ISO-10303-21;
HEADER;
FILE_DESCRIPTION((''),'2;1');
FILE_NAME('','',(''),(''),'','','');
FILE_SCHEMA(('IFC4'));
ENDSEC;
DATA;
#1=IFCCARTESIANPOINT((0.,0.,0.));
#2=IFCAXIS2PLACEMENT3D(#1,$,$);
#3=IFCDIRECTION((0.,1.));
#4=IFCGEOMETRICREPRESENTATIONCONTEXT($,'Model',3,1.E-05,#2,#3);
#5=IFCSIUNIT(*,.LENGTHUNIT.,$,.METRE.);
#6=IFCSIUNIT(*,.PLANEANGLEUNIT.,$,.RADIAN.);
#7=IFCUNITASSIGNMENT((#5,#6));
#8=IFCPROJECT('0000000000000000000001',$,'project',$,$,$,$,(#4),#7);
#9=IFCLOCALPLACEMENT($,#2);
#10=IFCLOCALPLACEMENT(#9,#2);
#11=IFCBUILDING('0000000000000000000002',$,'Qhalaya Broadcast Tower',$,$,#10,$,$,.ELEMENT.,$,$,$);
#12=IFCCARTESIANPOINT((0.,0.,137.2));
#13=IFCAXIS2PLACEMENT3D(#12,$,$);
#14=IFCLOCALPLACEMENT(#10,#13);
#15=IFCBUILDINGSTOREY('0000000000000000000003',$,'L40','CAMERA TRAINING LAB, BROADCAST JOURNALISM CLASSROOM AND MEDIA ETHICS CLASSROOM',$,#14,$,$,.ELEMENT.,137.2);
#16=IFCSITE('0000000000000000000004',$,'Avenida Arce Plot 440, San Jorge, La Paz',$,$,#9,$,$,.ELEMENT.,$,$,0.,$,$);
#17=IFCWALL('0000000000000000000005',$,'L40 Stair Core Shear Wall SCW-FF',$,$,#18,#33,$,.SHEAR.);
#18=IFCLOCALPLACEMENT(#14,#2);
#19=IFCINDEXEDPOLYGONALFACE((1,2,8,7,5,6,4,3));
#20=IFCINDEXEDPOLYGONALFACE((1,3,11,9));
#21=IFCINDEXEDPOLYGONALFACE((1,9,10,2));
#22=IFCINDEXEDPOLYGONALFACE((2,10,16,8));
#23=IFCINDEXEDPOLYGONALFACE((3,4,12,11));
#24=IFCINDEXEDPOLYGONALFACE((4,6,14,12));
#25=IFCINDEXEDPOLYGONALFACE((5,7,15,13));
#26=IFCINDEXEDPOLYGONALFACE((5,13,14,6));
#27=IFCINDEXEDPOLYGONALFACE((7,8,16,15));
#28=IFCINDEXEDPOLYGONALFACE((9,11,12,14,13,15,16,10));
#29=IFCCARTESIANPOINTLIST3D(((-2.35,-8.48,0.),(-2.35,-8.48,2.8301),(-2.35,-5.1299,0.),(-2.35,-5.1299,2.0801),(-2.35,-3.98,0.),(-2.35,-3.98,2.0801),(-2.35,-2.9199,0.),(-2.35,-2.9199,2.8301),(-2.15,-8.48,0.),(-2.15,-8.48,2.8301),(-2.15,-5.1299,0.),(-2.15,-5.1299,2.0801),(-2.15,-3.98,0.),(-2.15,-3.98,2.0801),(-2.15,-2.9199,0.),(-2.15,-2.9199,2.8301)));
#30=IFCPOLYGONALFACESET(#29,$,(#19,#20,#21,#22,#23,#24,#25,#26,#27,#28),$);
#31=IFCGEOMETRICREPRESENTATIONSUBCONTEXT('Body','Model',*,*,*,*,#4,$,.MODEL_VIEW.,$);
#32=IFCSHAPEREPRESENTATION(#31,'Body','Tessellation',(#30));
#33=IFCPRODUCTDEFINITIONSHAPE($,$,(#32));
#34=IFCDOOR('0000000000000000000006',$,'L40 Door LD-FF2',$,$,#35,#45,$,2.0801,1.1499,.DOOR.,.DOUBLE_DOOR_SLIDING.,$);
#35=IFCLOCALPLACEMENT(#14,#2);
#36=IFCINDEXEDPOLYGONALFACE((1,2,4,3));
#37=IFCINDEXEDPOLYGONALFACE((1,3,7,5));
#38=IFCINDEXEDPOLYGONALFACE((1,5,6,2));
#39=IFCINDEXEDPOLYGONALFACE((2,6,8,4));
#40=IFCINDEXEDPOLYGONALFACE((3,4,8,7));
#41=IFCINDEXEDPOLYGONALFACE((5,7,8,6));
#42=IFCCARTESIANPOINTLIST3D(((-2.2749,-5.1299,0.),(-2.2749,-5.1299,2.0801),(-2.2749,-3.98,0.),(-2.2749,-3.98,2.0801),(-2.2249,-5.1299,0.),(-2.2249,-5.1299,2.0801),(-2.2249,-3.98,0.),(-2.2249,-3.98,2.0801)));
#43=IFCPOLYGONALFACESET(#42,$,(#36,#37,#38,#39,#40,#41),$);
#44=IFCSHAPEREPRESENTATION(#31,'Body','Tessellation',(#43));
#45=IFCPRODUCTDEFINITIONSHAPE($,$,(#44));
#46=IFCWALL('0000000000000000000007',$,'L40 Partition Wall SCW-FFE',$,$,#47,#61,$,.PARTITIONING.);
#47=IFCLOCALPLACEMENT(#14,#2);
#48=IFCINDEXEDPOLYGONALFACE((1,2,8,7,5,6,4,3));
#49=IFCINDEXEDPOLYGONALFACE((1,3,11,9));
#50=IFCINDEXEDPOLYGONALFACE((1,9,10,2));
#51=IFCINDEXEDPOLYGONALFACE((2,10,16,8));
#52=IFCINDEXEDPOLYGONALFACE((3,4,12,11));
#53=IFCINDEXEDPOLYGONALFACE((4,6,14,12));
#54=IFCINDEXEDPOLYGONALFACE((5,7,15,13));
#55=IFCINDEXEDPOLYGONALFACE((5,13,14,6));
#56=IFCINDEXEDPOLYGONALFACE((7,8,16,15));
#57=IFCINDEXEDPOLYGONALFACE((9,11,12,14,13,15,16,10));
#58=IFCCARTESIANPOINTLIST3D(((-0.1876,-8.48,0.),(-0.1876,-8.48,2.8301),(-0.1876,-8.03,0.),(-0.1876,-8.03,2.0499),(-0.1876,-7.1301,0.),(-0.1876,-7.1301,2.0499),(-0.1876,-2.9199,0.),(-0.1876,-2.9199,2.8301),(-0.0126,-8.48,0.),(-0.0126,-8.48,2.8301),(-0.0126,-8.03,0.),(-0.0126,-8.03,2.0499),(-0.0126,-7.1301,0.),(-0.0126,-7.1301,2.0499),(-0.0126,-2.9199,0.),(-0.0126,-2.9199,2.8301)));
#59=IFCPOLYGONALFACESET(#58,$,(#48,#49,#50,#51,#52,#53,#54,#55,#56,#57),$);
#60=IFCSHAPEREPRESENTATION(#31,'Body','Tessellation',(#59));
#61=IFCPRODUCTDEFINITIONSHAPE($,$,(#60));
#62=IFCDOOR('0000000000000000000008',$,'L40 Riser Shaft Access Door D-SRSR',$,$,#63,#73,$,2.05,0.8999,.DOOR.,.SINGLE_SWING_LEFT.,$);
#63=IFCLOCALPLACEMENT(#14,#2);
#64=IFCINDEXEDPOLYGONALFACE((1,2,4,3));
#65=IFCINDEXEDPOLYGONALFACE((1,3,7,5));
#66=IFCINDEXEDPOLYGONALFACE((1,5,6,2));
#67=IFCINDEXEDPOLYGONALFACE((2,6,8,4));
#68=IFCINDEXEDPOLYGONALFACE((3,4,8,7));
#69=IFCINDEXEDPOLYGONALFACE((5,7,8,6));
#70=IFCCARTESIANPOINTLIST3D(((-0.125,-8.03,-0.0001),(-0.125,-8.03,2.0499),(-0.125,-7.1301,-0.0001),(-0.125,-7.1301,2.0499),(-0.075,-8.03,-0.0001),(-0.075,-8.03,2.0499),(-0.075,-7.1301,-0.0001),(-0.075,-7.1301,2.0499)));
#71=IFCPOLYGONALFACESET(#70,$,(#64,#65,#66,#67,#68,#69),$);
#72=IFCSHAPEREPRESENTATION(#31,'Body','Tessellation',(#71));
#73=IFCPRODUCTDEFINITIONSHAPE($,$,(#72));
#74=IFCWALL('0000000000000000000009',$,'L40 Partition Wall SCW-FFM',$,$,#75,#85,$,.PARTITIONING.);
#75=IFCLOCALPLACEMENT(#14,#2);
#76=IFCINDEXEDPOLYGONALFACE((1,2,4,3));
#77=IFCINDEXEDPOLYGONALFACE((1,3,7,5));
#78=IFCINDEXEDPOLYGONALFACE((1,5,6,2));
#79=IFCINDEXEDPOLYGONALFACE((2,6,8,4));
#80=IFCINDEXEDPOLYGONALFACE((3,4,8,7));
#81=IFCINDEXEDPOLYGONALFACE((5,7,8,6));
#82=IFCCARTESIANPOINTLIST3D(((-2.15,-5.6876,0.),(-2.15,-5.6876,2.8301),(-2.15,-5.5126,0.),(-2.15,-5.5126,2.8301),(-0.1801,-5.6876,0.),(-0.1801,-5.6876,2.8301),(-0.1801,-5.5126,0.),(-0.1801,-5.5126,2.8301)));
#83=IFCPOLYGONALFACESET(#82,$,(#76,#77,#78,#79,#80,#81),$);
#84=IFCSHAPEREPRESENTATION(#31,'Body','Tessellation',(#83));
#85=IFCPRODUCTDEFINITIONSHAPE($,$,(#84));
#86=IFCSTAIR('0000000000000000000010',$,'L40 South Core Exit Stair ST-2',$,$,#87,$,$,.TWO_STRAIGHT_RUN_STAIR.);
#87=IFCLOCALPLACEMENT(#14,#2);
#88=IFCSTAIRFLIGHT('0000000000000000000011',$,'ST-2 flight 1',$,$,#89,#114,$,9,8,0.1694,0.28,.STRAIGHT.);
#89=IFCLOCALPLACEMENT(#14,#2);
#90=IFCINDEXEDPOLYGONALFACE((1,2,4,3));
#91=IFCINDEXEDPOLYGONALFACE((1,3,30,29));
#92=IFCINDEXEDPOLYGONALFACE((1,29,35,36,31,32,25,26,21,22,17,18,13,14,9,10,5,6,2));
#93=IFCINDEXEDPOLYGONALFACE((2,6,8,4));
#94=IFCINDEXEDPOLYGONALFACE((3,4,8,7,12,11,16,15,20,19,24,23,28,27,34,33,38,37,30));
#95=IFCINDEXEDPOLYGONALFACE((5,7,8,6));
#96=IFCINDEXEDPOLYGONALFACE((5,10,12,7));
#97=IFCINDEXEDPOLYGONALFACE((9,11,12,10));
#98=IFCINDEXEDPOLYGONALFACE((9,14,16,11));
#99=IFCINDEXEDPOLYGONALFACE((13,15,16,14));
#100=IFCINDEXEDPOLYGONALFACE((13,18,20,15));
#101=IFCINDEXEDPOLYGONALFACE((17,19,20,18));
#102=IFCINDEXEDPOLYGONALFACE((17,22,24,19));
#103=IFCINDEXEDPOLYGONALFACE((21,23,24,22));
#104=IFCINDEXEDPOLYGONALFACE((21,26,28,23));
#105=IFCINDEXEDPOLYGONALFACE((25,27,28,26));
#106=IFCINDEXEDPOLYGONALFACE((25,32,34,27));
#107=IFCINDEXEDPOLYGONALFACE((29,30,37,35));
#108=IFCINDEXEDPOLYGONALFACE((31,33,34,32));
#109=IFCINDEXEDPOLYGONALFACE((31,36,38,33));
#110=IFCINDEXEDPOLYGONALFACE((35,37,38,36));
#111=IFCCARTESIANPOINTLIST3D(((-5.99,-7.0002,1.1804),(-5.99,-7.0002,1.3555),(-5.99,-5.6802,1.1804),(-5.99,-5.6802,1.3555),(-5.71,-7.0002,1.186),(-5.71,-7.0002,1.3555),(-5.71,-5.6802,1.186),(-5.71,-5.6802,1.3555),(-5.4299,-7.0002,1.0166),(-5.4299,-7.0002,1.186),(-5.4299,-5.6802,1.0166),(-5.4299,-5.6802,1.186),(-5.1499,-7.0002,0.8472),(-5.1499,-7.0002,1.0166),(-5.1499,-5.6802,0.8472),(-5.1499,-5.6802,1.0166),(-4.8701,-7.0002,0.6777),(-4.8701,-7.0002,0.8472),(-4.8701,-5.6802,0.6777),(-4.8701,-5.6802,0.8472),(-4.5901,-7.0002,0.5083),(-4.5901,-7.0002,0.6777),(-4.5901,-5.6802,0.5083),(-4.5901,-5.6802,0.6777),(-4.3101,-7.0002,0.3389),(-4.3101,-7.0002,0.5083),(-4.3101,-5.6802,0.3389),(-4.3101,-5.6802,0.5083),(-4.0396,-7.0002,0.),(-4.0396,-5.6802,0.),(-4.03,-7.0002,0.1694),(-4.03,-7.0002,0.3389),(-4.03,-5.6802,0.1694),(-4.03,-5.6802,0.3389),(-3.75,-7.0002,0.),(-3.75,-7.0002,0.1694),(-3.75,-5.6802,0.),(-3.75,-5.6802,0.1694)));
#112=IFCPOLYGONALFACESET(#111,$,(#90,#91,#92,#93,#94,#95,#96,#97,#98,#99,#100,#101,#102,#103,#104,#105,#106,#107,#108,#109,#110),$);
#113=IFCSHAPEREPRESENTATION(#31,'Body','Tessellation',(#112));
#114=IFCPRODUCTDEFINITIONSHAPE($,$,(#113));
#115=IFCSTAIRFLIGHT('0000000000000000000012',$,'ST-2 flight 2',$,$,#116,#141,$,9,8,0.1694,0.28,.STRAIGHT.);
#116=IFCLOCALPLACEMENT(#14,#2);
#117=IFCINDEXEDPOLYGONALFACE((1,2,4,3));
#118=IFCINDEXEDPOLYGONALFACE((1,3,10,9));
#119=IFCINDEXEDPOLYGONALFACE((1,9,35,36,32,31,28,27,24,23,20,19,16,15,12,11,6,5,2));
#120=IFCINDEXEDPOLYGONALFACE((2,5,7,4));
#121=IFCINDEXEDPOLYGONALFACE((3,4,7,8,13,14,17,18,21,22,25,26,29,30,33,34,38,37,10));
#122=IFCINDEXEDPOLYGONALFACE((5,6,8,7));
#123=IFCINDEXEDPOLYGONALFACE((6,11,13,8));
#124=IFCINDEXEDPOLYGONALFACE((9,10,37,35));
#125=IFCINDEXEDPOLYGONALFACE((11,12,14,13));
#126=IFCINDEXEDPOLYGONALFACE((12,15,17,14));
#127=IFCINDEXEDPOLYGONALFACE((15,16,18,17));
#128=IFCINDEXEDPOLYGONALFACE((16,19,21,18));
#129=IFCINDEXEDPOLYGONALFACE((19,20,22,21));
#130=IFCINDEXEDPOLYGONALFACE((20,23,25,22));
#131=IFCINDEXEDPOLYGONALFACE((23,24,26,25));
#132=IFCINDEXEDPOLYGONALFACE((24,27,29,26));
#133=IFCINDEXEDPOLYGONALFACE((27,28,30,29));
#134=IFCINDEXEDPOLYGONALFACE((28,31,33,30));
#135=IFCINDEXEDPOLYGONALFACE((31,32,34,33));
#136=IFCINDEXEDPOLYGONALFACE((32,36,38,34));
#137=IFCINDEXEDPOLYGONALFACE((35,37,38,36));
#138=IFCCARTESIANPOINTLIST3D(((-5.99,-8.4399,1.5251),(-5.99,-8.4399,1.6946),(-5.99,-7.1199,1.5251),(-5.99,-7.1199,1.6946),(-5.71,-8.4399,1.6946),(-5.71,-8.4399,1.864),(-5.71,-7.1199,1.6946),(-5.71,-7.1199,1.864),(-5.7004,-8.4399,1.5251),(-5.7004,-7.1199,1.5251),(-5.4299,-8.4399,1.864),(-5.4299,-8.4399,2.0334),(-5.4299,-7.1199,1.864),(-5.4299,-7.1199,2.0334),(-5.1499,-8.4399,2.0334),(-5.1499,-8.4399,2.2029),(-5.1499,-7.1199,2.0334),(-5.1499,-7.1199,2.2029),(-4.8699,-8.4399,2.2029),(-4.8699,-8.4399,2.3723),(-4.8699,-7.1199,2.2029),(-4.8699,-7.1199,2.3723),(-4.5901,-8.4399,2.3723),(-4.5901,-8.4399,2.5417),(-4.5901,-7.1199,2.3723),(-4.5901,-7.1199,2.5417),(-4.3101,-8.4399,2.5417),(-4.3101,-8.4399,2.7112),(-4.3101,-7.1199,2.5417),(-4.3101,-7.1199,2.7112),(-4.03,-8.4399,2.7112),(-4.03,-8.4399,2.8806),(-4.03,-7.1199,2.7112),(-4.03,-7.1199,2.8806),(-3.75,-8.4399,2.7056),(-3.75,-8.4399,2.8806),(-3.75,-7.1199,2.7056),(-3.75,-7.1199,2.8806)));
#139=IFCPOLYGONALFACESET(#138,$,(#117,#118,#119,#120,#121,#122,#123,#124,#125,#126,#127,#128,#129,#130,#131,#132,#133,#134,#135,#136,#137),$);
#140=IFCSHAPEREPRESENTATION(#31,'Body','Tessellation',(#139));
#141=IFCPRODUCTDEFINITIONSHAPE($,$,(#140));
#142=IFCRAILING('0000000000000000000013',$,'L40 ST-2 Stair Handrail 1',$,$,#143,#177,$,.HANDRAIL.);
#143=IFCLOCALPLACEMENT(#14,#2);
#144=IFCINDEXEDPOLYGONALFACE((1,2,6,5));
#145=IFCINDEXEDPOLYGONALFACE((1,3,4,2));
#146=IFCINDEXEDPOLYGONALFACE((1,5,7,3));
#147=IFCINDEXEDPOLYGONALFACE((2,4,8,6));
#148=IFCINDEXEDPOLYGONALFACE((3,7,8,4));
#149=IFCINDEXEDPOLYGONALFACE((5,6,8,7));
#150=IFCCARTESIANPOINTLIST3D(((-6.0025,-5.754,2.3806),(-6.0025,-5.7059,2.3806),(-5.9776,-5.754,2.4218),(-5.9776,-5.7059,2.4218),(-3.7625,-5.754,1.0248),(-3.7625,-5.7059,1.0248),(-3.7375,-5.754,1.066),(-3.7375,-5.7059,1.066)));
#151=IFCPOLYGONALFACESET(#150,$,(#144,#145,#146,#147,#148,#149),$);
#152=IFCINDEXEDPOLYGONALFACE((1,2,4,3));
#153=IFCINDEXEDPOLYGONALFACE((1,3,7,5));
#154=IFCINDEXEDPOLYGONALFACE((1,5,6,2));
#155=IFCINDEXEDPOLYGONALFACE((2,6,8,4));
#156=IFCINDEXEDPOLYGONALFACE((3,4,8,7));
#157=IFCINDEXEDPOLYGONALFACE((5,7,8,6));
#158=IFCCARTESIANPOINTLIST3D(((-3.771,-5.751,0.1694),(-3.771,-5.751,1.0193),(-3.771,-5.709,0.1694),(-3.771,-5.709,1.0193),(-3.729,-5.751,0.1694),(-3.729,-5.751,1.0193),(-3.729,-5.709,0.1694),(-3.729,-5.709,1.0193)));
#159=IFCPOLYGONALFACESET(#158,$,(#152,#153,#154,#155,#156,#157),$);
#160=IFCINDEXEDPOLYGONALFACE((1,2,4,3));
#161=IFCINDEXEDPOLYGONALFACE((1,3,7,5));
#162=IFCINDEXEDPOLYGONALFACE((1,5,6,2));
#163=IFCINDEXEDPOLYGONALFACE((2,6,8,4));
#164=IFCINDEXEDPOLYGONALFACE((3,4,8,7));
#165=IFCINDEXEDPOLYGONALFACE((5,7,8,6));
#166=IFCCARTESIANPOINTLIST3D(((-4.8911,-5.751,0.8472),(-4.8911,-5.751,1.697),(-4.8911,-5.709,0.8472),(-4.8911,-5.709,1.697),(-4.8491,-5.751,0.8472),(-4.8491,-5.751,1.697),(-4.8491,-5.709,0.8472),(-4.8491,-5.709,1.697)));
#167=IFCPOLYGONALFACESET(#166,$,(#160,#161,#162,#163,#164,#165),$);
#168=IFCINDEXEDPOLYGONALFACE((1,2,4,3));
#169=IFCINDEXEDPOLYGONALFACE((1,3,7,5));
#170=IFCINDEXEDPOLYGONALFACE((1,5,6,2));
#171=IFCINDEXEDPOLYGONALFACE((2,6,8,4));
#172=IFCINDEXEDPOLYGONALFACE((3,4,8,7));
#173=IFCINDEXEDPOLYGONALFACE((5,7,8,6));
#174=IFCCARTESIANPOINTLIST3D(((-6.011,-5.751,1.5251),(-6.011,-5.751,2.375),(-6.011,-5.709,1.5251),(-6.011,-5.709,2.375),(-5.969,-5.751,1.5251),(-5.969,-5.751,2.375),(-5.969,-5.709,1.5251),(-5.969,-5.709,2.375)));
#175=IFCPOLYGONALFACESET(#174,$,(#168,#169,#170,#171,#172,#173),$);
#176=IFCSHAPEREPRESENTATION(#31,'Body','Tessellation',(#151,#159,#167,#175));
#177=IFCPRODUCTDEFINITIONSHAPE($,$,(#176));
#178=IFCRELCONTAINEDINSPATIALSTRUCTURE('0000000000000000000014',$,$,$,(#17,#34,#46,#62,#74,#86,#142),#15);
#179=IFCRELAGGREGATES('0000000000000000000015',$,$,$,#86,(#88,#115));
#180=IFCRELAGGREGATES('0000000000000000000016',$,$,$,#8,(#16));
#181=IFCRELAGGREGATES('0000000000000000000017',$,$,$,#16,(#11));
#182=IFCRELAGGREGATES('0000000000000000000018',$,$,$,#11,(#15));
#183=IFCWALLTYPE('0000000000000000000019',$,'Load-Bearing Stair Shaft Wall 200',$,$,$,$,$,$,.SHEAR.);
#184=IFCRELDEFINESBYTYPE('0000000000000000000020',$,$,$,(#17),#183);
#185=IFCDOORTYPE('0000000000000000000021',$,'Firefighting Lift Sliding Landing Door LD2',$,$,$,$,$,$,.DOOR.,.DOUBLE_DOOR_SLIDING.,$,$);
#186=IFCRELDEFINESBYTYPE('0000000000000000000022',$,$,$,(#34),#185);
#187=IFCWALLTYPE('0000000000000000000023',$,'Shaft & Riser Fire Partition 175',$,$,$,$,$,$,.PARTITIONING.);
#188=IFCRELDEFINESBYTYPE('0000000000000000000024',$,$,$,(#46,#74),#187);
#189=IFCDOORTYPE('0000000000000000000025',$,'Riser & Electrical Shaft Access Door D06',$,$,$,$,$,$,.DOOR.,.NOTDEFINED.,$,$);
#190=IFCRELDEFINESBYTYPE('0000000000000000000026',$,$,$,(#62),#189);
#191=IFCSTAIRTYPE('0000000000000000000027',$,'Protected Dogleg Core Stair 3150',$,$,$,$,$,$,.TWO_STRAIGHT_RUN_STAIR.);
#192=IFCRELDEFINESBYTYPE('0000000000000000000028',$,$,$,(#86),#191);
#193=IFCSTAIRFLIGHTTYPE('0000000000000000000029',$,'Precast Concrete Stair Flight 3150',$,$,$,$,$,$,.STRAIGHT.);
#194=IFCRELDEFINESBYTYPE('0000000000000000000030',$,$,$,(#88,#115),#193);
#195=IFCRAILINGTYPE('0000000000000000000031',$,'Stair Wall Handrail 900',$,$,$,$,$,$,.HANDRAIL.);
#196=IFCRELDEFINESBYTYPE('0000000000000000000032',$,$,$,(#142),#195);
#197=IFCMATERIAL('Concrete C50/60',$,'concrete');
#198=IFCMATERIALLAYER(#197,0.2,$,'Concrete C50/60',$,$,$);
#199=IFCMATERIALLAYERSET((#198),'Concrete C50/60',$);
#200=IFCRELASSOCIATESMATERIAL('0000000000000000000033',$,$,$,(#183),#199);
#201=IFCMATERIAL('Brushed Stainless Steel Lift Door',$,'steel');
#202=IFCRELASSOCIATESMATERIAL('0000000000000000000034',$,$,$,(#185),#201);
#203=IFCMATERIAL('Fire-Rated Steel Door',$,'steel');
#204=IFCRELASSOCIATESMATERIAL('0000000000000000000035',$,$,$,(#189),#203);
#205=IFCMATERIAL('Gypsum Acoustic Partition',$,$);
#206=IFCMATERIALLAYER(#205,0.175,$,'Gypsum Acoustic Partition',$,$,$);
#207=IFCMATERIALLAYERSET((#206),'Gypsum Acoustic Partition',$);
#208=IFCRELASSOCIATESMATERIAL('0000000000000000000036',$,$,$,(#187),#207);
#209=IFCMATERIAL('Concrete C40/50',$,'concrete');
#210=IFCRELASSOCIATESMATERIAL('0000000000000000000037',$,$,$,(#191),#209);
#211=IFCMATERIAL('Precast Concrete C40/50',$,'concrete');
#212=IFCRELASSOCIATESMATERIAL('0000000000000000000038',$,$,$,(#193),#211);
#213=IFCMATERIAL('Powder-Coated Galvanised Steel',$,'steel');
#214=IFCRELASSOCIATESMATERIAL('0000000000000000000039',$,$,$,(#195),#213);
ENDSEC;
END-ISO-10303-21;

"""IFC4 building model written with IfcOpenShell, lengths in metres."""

from ifc_helpers import new_model, si_unit, direction, frame, frame_2d, origin, origin_2d, place, context, subcontext, project, spatial, polyline, rectangle, outline, extrude, material, layer, layer_set, type_object, element, fill, aggregate, save


model = new_model("IFC4")

# Units and contexts
model_context = context("Model", 3, precision=1e-05, world=origin(), true_north=direction((0.0, 1.0)))
body_context = subcontext(model_context, "Body", "Model", "MODEL_VIEW")
ifc_project = project(units=[si_unit("LENGTHUNIT", "METRE"), si_unit("PLANEANGLEUNIT", "RADIAN")], contexts=[model_context])

# Site, building, storey
site_placement = place(None, origin())
site = spatial("IfcSite", under=ifc_project, at=site_placement, Name="Avenida Arce Plot 440, San Jorge, La Paz", CompositionType="ELEMENT", RefElevation=0.0)
building_placement = place(site_placement, origin())
building = spatial("IfcBuilding", under=site, at=building_placement, Name="Qhalaya Broadcast Tower", CompositionType="ELEMENT")
storey_placement = place(building_placement, frame((0.0, 0.0, 137.2)))
storey = spatial("IfcBuildingStorey", under=building, at=storey_placement, Name="L40", Description="CAMERA TRAINING LAB, BROADCAST JOURNALISM CLASSROOM AND MEDIA ETHICS CLASSROOM", CompositionType="ELEMENT", Elevation=137.2)

# Shared definitions
ifc_material_1 = material(Name="Concrete C50/60", Category="concrete")

# Wall, opening, door
ifc_layer_1 = layer(ifc_material_1, 0.2, Name="Concrete C50/60")
ifc_layer_set_1 = layer_set([ifc_layer_1], Name="Concrete C50/60")
wall_type_1 = type_object("IfcWallType", Name="Load-Bearing Stair Shaft Wall 200", PredefinedType="SHEAR", material=ifc_layer_set_1)
ifc_material_2 = material(Name="Fire-Rated Steel Door", Category="steel")
wall_1_placement = place(storey_placement, frame((-2.25, -8.48, 0.0), z_axis=(0.0, 0.0, 1.0), x_axis=(0.0, 1.0, 0.0)))
wall_1 = element("IfcWall", 1, at=wall_1_placement, inside=storey, type_object=wall_type_1, Name="L40 Stair Core Shear Wall SCW-FF", PredefinedType="SHEAR", context=body_context, shape_type="SweptSolid", body=[
    extrude(rectangle(XDim=5.5601, YDim=0.2, at=frame_2d((2.78, 0.0))), origin(), (0.0, 0.0, 1.0), 2.8301),
])
opening_1_placement = place(wall_1_placement, frame((3.3501, 0.0, 0.0)))
opening_1 = element("IfcOpeningElement", 2, at=opening_1_placement, cuts=wall_1, PredefinedType="OPENING", context=body_context, shape_type="SweptSolid", body=[
    extrude(rectangle(XDim=1.1499, YDim=2.0801, at=frame_2d((0.575, 1.04))), frame((0.0, 0.1121, 0.0), z_axis=(0.0, -1.0, 0.0), x_axis=(1.0, 0.0, 0.0)), (0.0, 0.0, 1.0), 0.2239),
])
ifc_material_3 = material(Name="Brushed Stainless Steel Lift Door", Category="steel")
door_type_1 = type_object("IfcDoorType", Name="Firefighting Lift Sliding Landing Door LD2", OperationType="DOUBLE_DOOR_SLIDING", PredefinedType="DOOR", material=ifc_material_3)
door_1_placement = place(opening_1_placement, origin())
door_1 = element("IfcDoor", 3, at=door_1_placement, inside=storey, type_object=door_type_1, Name="L40 Door LD-FF2", OperationType="DOUBLE_DOOR_SLIDING", OverallHeight=2.0801, OverallWidth=1.1499, PredefinedType="DOOR", context=body_context, shape_type="SweptSolid", body=[
    extrude(rectangle(XDim=1.1499, YDim=2.0801, at=frame_2d((0.575, 1.04))), frame((0.0, 0.0249, 0.0), z_axis=(0.0, -1.0, 0.0), x_axis=(1.0, 0.0, 0.0)), (0.0, 0.0, 1.0), 0.05),
])
fill(opening_1, door_1)

# Shared definitions
door_type_2 = type_object("IfcDoorType", Name="Riser & Electrical Shaft Access Door D06", OperationType="NOTDEFINED", PredefinedType="DOOR", material=ifc_material_2)

# Wall, opening, door
ifc_material_4 = material(Name="Gypsum Acoustic Partition")
ifc_layer_2 = layer(ifc_material_4, 0.175, Name="Gypsum Acoustic Partition")
ifc_layer_set_2 = layer_set([ifc_layer_2], Name="Gypsum Acoustic Partition")
wall_type_2 = type_object("IfcWallType", Name="Shaft & Riser Fire Partition 175", PredefinedType="PARTITIONING", material=ifc_layer_set_2)
wall_2_placement = place(storey_placement, frame((-0.1001, -8.48, 0.0), z_axis=(0.0, 0.0, 1.0), x_axis=(0.0, 1.0, 0.0)))
wall_2 = element("IfcWall", 4, at=wall_2_placement, inside=storey, type_object=wall_type_2, Name="L40 Partition Wall SCW-FFE", PredefinedType="PARTITIONING", context=body_context, shape_type="SweptSolid", body=[
    extrude(rectangle(XDim=5.5601, YDim=0.175, at=frame_2d((2.78, 0.0))), origin(), (0.0, 0.0, 1.0), 2.8301),
])
opening_2_placement = place(wall_2_placement, frame((0.45, 0.0, 0.0)))
opening_2 = element("IfcOpeningElement", 5, at=opening_2_placement, cuts=wall_2, PredefinedType="OPENING", context=body_context, shape_type="SweptSolid", body=[
    extrude(rectangle(XDim=0.8999, YDim=2.05, at=frame_2d((0.45, 1.0249))), frame((0.0, 0.0996, 0.0), z_axis=(0.0, -1.0, 0.0), x_axis=(1.0, 0.0, 0.0)), (0.0, 0.0, 1.0), 0.199),
])
door_2_placement = place(opening_2_placement, origin())
door_2 = element("IfcDoor", 6, at=door_2_placement, inside=storey, type_object=door_type_2, Name="L40 Riser Shaft Access Door D-SRSR", OperationType="SINGLE_SWING_LEFT", OverallHeight=2.05, OverallWidth=0.8999, PredefinedType="DOOR", context=body_context, shape_type="SweptSolid", body=[
    extrude(rectangle(XDim=0.8999, YDim=2.05, at=frame_2d((0.45, 1.0249))), frame((0.0, 0.0249, 0.0), z_axis=(0.0, -1.0, 0.0), x_axis=(1.0, 0.0, 0.0)), (0.0, 0.0, 1.0), 0.05),
])
fill(opening_2, door_2)

# Wall
wall_3_placement = place(storey_placement, frame((-2.1499, -5.6001, 0.0), z_axis=(0.0, 0.0, 1.0), x_axis=(1.0, 0.0, 0.0)))
element("IfcWall", 7, at=wall_3_placement, inside=storey, type_object=wall_type_2, Name="L40 Partition Wall SCW-FFM", PredefinedType="PARTITIONING", context=body_context, shape_type="SweptSolid", body=[
    extrude(rectangle(XDim=1.97, YDim=0.175, at=frame_2d((0.9849, 0.0))), origin(), (0.0, 0.0, 1.0), 2.8301),
])

# Stair, stair flights
ifc_material_5 = material(Name="Concrete C40/50", Category="concrete")
stair_type = type_object("IfcStairType", Name="Protected Dogleg Core Stair 3150", PredefinedType="TWO_STRAIGHT_RUN_STAIR", material=ifc_material_5)
stair_placement = place(storey_placement, origin())
stair = element("IfcStair", 8, at=stair_placement, inside=storey, type_object=stair_type, Name="L40 South Core Exit Stair ST-2", PredefinedType="TWO_STRAIGHT_RUN_STAIR")
ifc_material_6 = material(Name="Precast Concrete C40/50", Category="concrete")
stair_flight_type = type_object("IfcStairFlightType", Name="Precast Concrete Stair Flight 3150", PredefinedType="STRAIGHT", material=ifc_material_6)
stair_flight_1_placement = place(storey_placement, frame((-3.75, -6.3401, 0.0), z_axis=(0.0, 0.0, 1.0), x_axis=(-1.0, 0.0, 0.0)))
stair_flight_1 = element("IfcStairFlight", 9, at=stair_flight_1_placement, type_object=stair_flight_type, Name="ST-2 flight 1", NumberOfRisers=9, NumberOfTreads=8, PredefinedType="STRAIGHT", RiserHeight=0.1694, TreadLength=0.28, context=body_context, shape_type="SweptSolid", body=[
    extrude(outline(polyline([(0.0, 0.0), (0.0, 0.1694), (0.28, 0.1694), (0.28, 0.3389), (0.5601, 0.3389), (0.5601, 0.5083), (0.8401, 0.5083), (0.8401, 0.6777), (1.1201, 0.6777), (1.1201, 0.8472), (1.3999, 0.8472), (1.3999, 1.0166), (1.6799, 1.0166), (1.6799, 1.186), (1.96, 1.186), (1.96, 1.3555), (2.24, 1.3555), (2.24, 1.5249), (2.24, 1.1804), (0.2896, 0.0), (0.0, 0.0)])), frame((0.0, 0.6602, 0.0), z_axis=(0.0, -1.0, 0.0), x_axis=(1.0, 0.0, 0.0)), (0.0, 0.0, 1.0), 1.3201),
])
stair_flight_2_placement = place(storey_placement, frame((-5.99, -7.78, 1.5251), z_axis=(0.0, 0.0, 1.0), x_axis=(1.0, 0.0, 0.0)))
stair_flight_2 = element("IfcStairFlight", 10, at=stair_flight_2_placement, type_object=stair_flight_type, Name="ST-2 flight 2", NumberOfRisers=9, NumberOfTreads=8, PredefinedType="STRAIGHT", RiserHeight=0.1694, TreadLength=0.28, context=body_context, shape_type="SweptSolid", body=[
    extrude(outline(polyline([(0.0, 0.0), (0.0, 0.1694), (0.28, 0.1694), (0.28, 0.3389), (0.5601, 0.3389), (0.5601, 0.5083), (0.8401, 0.5083), (0.8401, 0.6777), (1.1201, 0.6777), (1.1201, 0.8472), (1.3999, 0.8472), (1.3999, 1.0166), (1.6799, 1.0166), (1.6799, 1.186), (1.96, 1.186), (1.96, 1.3555), (2.24, 1.3555), (2.24, 1.5249), (2.24, 1.1804), (0.2896, 0.0), (0.0, 0.0)])), frame((0.0, 0.6602, 0.0), z_axis=(0.0, -1.0, 0.0), x_axis=(1.0, 0.0, 0.0)), (0.0, 0.0, 1.0), 1.3201),
])
aggregate(stair, [stair_flight_1, stair_flight_2])

# Railing
ifc_material_7 = material(Name="Powder-Coated Galvanised Steel", Category="steel")
railing_type_1 = type_object("IfcRailingType", Name="Stair Wall Handrail 900", PredefinedType="HANDRAIL", material=ifc_material_7)
railing_1_placement = place(storey_placement, frame((-3.75, -5.73, 0.1694)))
element("IfcRailing", 11, at=railing_1_placement, inside=storey, type_object=railing_type_1, Name="L40 ST-2 Stair Handrail 1", PredefinedType="HANDRAIL", context=body_context, shape_type="SweptSolid", body=[
    extrude(rectangle(XDim=0.0481, YDim=0.0481, at=origin_2d()), frame((0.0, 0.0, 0.876), z_axis=(-0.855512, 0.0, 0.517783), x_axis=(0.0, -1.0, 0.0)), (0.0, 0.0, 1.0), 2.6184),
    extrude(rectangle(XDim=0.042, YDim=0.042, at=origin_2d()), origin(), (0.0, 0.0, 1.0), 0.8499),
    extrude(rectangle(XDim=0.042, YDim=0.042, at=origin_2d()), frame((-1.1201, 0.0, 0.6777)), (0.0, 0.0, 1.0), 0.8499),
    extrude(rectangle(XDim=0.042, YDim=0.042, at=origin_2d()), frame((-2.24, 0.0, 1.3557)), (0.0, 0.0, 1.0), 0.8499),
])

save(model, "model.ifc")
